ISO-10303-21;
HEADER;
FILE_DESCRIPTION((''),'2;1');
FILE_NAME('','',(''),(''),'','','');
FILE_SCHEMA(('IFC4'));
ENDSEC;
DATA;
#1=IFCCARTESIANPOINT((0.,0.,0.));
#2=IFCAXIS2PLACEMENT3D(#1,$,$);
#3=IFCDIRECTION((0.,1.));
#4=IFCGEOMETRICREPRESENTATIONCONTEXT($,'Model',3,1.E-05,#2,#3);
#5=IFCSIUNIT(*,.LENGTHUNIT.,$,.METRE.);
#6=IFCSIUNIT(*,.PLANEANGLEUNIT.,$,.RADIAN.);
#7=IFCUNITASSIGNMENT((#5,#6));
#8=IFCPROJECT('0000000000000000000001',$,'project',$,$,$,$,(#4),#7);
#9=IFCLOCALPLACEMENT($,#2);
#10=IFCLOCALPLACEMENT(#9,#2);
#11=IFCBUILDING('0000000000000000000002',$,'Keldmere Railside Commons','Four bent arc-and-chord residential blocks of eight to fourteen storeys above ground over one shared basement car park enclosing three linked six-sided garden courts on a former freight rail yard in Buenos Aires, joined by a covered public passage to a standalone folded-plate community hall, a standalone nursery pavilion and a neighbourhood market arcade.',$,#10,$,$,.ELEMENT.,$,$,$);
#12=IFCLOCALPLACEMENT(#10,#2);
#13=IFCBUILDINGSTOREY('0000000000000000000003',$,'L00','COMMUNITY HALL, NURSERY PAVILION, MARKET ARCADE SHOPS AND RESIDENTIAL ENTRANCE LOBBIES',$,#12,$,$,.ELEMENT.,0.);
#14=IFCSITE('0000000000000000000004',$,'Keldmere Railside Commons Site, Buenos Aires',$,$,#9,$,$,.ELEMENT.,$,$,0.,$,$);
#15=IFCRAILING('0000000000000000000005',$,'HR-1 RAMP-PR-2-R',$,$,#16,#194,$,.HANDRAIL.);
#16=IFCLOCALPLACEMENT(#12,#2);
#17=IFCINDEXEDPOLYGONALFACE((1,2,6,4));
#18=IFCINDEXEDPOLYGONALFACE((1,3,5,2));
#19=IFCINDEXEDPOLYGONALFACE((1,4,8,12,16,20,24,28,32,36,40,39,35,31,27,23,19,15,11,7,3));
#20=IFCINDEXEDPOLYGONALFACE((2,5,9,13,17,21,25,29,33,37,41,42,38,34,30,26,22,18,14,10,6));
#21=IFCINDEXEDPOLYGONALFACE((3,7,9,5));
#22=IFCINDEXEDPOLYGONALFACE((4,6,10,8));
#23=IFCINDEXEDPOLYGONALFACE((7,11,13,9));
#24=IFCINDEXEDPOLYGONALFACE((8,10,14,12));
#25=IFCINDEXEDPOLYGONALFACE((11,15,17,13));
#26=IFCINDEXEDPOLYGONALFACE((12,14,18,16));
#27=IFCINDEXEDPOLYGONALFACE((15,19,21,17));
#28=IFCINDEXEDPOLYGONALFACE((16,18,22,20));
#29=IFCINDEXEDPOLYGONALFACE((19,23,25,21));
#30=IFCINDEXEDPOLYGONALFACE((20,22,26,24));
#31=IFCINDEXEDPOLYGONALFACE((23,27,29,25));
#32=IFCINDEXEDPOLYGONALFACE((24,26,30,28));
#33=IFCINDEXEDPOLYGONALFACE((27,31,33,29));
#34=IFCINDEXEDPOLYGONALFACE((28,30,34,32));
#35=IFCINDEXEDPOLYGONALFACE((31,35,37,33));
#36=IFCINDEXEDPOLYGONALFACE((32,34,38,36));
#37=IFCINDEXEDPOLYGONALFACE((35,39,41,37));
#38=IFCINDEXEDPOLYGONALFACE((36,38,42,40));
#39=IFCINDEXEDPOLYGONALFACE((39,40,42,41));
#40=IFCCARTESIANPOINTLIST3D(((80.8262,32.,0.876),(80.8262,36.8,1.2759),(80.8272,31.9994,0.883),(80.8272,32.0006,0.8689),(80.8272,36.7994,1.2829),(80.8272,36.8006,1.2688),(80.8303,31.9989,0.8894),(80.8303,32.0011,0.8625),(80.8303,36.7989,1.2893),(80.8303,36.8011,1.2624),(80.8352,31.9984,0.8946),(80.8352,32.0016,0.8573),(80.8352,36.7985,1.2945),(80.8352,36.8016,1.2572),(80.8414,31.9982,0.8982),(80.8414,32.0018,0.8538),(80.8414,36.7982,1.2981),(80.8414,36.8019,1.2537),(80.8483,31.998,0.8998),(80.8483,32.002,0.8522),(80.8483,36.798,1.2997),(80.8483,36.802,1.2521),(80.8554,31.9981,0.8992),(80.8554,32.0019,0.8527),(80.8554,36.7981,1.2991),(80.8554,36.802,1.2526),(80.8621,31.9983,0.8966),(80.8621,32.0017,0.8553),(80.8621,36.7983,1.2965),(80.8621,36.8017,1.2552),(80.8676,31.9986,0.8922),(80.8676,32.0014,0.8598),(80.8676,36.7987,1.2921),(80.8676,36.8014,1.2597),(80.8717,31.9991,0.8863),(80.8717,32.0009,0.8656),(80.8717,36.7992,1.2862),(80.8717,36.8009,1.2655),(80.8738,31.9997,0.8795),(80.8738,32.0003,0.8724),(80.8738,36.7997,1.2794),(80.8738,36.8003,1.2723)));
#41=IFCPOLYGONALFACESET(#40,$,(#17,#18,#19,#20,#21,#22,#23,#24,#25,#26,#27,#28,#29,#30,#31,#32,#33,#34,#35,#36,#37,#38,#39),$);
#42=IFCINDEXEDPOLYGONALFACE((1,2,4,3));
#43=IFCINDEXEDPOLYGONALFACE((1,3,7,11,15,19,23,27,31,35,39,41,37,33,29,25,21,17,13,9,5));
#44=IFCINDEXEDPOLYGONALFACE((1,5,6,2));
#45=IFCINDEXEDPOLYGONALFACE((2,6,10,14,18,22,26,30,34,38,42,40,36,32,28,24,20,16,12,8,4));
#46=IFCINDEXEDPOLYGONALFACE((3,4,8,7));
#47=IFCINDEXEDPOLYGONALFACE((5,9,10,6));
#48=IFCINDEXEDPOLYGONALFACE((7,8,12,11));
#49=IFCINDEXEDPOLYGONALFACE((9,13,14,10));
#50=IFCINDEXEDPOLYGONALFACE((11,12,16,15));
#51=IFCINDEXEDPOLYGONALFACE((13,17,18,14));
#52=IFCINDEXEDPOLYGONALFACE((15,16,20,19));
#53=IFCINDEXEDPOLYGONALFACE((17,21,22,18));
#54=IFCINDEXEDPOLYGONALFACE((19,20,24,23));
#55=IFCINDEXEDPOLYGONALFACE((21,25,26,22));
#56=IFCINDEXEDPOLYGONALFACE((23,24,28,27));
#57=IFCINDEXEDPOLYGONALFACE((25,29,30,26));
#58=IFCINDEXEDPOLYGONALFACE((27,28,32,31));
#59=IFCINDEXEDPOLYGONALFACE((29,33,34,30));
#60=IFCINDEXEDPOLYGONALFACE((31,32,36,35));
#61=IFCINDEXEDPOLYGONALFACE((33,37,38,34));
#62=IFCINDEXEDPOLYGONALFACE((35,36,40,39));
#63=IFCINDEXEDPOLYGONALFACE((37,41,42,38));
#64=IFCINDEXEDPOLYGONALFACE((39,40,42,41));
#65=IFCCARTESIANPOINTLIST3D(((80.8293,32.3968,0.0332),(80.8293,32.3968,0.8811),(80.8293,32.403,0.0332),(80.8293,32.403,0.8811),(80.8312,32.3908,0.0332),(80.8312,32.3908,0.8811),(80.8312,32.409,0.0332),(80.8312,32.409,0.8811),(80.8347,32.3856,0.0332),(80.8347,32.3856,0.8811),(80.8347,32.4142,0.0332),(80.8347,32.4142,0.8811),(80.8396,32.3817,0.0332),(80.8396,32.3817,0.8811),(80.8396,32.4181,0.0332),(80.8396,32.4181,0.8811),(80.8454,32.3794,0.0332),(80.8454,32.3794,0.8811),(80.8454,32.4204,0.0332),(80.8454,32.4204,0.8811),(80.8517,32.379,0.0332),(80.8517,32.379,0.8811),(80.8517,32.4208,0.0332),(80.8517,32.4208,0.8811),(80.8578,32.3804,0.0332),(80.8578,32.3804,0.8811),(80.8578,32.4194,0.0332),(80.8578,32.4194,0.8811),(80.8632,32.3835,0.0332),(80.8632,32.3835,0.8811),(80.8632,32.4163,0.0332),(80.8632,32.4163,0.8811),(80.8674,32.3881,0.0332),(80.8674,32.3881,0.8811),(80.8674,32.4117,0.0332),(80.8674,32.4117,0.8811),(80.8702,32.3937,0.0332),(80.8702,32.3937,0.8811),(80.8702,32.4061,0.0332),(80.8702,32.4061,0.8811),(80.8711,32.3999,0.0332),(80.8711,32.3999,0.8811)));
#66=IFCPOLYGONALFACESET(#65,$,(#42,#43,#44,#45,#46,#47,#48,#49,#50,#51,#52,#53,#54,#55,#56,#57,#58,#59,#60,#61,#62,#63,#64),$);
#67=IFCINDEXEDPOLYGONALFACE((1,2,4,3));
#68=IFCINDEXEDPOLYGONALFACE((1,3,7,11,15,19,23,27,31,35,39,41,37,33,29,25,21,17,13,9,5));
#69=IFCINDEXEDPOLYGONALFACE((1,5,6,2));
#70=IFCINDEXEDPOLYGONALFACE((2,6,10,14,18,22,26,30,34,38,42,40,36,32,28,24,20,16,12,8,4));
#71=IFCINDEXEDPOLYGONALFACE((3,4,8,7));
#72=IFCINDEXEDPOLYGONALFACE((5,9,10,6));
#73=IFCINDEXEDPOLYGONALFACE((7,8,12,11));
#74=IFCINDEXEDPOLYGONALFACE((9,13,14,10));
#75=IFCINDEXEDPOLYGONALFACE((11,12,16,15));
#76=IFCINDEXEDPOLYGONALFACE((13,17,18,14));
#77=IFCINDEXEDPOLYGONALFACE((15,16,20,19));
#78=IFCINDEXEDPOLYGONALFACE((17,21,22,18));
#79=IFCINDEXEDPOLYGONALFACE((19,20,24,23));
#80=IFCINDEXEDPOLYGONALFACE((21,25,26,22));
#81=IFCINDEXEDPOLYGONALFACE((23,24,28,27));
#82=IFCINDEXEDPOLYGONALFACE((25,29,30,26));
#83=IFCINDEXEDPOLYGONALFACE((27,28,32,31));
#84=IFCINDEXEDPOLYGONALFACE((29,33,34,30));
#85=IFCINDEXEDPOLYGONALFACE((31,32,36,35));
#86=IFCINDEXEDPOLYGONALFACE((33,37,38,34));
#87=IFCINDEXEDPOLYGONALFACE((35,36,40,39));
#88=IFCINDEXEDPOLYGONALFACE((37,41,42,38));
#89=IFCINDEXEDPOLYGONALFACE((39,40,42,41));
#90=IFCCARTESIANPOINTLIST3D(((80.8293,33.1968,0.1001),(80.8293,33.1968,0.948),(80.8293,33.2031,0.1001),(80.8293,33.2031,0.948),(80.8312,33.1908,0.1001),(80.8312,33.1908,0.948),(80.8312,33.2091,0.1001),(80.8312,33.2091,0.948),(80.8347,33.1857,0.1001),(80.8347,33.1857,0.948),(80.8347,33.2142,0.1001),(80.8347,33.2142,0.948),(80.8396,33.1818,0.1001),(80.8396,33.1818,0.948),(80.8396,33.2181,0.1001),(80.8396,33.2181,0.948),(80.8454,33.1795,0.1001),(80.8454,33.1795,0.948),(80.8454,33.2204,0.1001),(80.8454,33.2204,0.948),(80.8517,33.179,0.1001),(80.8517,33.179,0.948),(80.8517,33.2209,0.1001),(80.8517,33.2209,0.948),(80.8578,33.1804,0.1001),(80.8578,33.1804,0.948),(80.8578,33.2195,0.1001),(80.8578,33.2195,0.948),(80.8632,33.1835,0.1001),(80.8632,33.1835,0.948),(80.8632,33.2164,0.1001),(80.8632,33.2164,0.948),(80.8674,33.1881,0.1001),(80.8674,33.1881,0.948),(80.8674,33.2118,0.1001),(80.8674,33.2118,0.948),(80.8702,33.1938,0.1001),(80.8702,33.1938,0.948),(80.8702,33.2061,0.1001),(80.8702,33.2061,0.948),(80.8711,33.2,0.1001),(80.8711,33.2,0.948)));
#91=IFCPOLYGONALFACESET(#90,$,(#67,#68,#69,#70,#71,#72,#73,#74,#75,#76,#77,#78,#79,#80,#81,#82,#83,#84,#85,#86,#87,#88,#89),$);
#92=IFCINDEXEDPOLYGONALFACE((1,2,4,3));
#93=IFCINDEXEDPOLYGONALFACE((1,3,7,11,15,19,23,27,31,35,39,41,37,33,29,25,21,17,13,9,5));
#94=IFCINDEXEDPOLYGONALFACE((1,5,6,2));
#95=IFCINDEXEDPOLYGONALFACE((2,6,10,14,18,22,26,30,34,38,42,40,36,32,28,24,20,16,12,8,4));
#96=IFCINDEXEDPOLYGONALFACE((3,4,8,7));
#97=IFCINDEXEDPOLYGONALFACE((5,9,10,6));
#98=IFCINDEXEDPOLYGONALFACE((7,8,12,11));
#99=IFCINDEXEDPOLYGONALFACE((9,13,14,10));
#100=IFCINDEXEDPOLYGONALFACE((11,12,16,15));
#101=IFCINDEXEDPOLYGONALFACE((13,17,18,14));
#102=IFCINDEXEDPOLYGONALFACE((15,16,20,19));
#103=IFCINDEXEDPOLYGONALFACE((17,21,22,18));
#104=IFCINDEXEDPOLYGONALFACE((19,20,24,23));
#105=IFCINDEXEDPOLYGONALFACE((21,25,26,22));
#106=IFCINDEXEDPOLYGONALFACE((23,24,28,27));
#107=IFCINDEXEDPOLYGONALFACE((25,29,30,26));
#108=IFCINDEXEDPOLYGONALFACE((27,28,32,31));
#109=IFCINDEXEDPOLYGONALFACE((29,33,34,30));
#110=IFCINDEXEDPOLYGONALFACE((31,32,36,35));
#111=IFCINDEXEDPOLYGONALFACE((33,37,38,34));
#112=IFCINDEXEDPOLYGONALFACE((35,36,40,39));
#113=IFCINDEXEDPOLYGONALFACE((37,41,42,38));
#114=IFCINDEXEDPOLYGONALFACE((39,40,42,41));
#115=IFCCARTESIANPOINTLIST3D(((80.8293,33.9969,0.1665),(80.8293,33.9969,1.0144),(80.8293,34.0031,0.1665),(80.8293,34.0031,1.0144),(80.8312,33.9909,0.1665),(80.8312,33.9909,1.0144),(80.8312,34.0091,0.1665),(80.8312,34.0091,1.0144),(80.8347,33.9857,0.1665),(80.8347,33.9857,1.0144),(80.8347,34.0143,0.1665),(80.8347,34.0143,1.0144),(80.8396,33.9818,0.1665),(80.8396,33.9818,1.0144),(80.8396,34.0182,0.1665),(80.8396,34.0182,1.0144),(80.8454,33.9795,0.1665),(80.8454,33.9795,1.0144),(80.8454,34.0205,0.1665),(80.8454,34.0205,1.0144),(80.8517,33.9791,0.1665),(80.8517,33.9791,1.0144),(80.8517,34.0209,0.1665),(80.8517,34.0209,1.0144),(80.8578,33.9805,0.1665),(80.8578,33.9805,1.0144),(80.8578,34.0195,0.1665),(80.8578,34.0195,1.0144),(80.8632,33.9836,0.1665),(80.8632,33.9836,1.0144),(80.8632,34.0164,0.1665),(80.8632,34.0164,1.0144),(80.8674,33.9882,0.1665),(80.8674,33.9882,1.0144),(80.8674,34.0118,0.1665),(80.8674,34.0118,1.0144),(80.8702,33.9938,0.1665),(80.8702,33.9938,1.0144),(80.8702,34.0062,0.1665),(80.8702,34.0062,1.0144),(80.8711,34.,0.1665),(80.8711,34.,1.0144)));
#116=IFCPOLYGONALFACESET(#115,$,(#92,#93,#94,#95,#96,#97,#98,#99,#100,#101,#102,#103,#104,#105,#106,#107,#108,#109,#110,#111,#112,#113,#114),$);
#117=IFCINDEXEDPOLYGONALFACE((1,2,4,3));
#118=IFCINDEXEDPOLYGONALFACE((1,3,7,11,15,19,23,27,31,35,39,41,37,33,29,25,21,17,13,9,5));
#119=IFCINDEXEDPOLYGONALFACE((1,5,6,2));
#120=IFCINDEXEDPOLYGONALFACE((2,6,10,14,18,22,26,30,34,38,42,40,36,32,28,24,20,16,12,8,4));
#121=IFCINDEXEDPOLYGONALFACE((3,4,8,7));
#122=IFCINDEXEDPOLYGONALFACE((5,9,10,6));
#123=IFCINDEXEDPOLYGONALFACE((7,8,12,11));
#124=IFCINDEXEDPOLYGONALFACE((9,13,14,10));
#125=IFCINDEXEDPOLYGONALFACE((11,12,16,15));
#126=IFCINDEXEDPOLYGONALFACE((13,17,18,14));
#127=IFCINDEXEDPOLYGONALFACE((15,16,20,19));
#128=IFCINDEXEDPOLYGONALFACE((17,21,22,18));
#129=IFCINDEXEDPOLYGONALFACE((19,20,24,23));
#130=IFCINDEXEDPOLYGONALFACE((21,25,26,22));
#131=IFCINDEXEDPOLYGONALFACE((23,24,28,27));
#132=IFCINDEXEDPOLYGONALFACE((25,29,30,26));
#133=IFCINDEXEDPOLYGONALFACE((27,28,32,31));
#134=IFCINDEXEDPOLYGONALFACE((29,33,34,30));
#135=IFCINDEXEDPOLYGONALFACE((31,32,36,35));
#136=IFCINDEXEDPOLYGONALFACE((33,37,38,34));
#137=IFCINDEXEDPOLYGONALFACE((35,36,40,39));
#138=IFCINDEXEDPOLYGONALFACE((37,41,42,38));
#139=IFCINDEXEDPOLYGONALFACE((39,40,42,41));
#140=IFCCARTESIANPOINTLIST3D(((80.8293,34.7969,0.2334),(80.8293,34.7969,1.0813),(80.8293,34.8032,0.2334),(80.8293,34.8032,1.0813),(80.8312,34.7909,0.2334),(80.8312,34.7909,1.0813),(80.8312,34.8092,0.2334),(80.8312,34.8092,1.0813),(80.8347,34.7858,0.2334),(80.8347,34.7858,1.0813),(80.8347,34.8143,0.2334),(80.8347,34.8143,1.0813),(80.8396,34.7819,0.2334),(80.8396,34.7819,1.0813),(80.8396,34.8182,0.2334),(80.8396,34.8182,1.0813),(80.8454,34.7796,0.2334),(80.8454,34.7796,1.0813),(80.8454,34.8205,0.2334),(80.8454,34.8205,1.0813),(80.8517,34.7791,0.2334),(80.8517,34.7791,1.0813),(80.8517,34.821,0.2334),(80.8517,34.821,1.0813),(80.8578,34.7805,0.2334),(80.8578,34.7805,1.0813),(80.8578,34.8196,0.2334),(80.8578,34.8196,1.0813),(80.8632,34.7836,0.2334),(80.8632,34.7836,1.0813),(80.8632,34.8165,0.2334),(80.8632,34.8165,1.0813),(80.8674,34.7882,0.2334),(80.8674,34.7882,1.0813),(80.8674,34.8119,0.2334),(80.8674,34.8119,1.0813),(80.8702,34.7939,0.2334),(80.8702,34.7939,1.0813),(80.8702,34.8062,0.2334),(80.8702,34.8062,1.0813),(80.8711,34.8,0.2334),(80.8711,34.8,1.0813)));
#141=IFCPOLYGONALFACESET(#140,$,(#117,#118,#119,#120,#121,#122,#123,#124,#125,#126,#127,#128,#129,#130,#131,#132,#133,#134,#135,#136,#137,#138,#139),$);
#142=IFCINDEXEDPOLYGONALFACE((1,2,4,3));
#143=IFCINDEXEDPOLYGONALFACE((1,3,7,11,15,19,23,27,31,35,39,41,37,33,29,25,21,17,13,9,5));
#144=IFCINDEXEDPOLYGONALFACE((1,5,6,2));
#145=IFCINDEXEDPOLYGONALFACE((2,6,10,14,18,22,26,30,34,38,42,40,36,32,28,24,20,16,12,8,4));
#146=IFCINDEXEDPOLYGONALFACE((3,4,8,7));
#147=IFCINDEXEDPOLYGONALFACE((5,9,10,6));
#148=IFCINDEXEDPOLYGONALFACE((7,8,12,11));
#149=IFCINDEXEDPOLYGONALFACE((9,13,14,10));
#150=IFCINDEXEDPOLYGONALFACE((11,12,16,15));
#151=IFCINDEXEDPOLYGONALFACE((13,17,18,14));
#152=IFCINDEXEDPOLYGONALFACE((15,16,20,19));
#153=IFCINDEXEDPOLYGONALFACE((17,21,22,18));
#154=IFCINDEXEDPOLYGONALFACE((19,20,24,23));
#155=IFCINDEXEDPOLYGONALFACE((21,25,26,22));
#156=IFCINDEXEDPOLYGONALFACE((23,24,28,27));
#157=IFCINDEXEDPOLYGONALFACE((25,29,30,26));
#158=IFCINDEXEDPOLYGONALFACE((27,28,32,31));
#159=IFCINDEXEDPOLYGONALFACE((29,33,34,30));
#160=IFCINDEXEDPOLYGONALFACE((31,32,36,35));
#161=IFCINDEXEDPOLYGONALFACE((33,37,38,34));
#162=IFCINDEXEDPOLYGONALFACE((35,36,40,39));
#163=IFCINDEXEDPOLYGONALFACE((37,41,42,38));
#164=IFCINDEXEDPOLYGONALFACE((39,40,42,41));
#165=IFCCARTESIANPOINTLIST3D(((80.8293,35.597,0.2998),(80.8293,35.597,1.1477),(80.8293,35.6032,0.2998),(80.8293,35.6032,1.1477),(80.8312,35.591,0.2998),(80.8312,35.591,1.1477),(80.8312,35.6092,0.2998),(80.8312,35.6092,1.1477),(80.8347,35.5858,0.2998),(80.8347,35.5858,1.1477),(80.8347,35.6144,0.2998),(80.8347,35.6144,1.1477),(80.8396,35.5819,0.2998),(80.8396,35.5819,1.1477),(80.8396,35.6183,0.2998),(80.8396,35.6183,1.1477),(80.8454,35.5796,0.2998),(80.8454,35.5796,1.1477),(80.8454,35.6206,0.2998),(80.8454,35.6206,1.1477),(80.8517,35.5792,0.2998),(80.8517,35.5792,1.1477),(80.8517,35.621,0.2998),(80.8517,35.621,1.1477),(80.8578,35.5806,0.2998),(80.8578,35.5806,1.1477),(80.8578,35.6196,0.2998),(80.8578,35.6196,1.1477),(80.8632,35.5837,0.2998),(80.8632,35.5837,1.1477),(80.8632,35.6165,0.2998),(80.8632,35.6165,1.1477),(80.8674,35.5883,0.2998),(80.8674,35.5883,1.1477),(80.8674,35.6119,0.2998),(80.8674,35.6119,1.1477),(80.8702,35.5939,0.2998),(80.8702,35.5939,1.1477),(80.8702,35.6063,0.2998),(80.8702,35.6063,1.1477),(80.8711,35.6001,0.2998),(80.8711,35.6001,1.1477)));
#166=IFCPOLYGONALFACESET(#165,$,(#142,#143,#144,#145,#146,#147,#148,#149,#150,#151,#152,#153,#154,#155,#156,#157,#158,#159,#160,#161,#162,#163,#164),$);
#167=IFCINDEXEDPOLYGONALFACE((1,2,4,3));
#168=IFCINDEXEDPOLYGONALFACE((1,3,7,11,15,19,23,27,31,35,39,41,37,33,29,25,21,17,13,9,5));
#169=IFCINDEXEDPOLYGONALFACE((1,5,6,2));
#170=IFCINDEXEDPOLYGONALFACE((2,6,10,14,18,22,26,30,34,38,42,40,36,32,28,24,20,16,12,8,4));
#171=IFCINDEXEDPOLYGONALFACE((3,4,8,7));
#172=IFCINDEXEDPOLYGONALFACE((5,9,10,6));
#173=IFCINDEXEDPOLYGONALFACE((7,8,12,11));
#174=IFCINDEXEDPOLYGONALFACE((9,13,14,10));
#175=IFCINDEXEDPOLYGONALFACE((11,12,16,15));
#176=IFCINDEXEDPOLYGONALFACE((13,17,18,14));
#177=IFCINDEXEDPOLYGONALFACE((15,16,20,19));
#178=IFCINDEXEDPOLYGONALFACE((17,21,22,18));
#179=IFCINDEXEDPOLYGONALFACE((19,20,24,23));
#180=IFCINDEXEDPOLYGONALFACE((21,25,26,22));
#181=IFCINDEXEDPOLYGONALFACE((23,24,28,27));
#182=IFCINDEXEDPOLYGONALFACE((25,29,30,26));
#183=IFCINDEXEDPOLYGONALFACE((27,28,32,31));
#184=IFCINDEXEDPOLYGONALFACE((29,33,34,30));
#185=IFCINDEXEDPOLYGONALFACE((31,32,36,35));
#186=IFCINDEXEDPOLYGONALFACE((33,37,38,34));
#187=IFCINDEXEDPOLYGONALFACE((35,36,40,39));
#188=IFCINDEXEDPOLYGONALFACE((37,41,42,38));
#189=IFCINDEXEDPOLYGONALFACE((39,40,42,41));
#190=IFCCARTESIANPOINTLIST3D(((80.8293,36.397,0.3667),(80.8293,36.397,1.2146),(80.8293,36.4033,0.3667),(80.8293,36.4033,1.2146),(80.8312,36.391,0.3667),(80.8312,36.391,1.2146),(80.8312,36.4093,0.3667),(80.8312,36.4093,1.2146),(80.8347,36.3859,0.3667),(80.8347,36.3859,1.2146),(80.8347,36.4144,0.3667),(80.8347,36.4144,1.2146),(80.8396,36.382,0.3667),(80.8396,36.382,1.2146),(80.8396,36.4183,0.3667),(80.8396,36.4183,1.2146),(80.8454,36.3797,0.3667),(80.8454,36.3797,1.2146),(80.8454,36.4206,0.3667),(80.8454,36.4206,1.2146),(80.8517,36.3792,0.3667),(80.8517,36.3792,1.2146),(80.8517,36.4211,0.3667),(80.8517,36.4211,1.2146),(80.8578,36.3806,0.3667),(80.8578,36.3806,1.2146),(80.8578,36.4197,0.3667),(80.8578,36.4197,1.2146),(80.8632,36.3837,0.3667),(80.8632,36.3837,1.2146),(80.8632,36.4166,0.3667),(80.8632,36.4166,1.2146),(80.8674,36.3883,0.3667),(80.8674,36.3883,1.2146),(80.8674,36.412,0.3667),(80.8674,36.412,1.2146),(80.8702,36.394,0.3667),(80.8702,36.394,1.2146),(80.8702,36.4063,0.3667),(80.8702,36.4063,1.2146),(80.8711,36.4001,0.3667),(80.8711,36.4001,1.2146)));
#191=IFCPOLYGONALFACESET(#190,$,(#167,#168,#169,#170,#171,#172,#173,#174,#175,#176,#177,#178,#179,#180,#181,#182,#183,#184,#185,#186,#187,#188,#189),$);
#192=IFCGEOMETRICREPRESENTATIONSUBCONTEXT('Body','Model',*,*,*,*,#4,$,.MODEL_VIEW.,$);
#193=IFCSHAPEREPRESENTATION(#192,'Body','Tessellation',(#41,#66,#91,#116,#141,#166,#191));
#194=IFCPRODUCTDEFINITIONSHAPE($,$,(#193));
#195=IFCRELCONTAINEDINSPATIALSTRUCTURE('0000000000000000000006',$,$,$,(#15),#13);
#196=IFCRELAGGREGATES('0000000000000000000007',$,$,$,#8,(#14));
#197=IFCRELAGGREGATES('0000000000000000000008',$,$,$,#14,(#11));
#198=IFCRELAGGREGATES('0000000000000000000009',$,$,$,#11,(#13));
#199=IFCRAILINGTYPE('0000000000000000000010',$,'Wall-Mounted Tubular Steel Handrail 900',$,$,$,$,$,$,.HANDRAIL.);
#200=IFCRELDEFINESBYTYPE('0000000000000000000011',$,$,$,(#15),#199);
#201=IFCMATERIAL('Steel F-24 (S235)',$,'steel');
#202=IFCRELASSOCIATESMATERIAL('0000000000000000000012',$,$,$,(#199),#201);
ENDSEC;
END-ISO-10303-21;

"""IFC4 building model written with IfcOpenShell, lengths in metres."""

from ifc_helpers import new_model, si_unit, direction, frame, origin, origin_2d, place, context, subcontext, project, spatial, circle, extrude, material, type_object, element, save


model = new_model("IFC4")

# Units and contexts
model_context = context("Model", 3, precision=1e-05, world=origin(), true_north=direction((0.0, 1.0)))
body_context = subcontext(model_context, "Body", "Model", "MODEL_VIEW")
ifc_project = project(units=[si_unit("LENGTHUNIT", "METRE"), si_unit("PLANEANGLEUNIT", "RADIAN")], contexts=[model_context])

# Site, building, storey
site_placement = place(None, origin())
site = spatial("IfcSite", under=ifc_project, at=site_placement, Name="Keldmere Railside Commons Site, Buenos Aires", CompositionType="ELEMENT", RefElevation=0.0)
building_placement = place(site_placement, origin())
building = spatial("IfcBuilding", under=site, at=building_placement, Name="Keldmere Railside Commons", Description="Four bent arc-and-chord residential blocks of eight to fourteen storeys above ground over one shared basement car park enclosing three linked six-sided garden courts on a former freight rail yard in Buenos Aires, joined by a covered public passage to a standalone folded-plate community hall, a standalone nursery pavilion and a neighbourhood market arcade.", CompositionType="ELEMENT")
storey_placement = place(building_placement, origin())
storey = spatial("IfcBuildingStorey", under=building, at=storey_placement, Name="L00", Description="COMMUNITY HALL, NURSERY PAVILION, MARKET ARCADE SHOPS AND RESIDENTIAL ENTRANCE LOBBIES", CompositionType="ELEMENT", Elevation=0.0)

# Railing
ifc_material_1 = material(Name="Steel F-24 (S235)", Category="steel")
railing_type_1 = type_object("IfcRailingType", Name="Wall-Mounted Tubular Steel Handrail 900", PredefinedType="HANDRAIL", material=ifc_material_1)
for number, where, name in (
    (1, (80.8501, 32.0, 0.0), "HR-1 RAMP-PR-2-R"),
):
    element("IfcRailing", number, at=place(storey_placement, frame(where)), inside=storey, type_object=railing_type_1, Name=name, PredefinedType="HANDRAIL", context=body_context, shape_type="SweptSolid", body=[
        extrude(circle(Radius=0.0239, at=origin_2d()), frame((0.0, 0.0, 0.876), z_axis=(0.0, 0.996548, 0.083025), x_axis=(-1.0, 0.0, 0.0)), (0.0, 0.0, 1.0), 4.8167),
        extrude(circle(Radius=0.021, at=origin_2d()), frame((0.0, 0.3999, 0.0332)), (0.0, 0.0, 1.0), 0.8479),
        extrude(circle(Radius=0.021, at=origin_2d()), frame((0.0, 1.2, 0.1001)), (0.0, 0.0, 1.0), 0.8479),
        extrude(circle(Radius=0.021, at=origin_2d()), frame((0.0, 2.0, 0.1665)), (0.0, 0.0, 1.0), 0.8479),
        extrude(circle(Radius=0.021, at=origin_2d()), frame((0.0, 2.8, 0.2334)), (0.0, 0.0, 1.0), 0.8479),
        extrude(circle(Radius=0.021, at=origin_2d()), frame((0.0, 3.6001, 0.2998)), (0.0, 0.0, 1.0), 0.8479),
        extrude(circle(Radius=0.021, at=origin_2d()), frame((0.0, 4.4001, 0.3667)), (0.0, 0.0, 1.0), 0.8479),
    ])

save(model, "model.ifc")
